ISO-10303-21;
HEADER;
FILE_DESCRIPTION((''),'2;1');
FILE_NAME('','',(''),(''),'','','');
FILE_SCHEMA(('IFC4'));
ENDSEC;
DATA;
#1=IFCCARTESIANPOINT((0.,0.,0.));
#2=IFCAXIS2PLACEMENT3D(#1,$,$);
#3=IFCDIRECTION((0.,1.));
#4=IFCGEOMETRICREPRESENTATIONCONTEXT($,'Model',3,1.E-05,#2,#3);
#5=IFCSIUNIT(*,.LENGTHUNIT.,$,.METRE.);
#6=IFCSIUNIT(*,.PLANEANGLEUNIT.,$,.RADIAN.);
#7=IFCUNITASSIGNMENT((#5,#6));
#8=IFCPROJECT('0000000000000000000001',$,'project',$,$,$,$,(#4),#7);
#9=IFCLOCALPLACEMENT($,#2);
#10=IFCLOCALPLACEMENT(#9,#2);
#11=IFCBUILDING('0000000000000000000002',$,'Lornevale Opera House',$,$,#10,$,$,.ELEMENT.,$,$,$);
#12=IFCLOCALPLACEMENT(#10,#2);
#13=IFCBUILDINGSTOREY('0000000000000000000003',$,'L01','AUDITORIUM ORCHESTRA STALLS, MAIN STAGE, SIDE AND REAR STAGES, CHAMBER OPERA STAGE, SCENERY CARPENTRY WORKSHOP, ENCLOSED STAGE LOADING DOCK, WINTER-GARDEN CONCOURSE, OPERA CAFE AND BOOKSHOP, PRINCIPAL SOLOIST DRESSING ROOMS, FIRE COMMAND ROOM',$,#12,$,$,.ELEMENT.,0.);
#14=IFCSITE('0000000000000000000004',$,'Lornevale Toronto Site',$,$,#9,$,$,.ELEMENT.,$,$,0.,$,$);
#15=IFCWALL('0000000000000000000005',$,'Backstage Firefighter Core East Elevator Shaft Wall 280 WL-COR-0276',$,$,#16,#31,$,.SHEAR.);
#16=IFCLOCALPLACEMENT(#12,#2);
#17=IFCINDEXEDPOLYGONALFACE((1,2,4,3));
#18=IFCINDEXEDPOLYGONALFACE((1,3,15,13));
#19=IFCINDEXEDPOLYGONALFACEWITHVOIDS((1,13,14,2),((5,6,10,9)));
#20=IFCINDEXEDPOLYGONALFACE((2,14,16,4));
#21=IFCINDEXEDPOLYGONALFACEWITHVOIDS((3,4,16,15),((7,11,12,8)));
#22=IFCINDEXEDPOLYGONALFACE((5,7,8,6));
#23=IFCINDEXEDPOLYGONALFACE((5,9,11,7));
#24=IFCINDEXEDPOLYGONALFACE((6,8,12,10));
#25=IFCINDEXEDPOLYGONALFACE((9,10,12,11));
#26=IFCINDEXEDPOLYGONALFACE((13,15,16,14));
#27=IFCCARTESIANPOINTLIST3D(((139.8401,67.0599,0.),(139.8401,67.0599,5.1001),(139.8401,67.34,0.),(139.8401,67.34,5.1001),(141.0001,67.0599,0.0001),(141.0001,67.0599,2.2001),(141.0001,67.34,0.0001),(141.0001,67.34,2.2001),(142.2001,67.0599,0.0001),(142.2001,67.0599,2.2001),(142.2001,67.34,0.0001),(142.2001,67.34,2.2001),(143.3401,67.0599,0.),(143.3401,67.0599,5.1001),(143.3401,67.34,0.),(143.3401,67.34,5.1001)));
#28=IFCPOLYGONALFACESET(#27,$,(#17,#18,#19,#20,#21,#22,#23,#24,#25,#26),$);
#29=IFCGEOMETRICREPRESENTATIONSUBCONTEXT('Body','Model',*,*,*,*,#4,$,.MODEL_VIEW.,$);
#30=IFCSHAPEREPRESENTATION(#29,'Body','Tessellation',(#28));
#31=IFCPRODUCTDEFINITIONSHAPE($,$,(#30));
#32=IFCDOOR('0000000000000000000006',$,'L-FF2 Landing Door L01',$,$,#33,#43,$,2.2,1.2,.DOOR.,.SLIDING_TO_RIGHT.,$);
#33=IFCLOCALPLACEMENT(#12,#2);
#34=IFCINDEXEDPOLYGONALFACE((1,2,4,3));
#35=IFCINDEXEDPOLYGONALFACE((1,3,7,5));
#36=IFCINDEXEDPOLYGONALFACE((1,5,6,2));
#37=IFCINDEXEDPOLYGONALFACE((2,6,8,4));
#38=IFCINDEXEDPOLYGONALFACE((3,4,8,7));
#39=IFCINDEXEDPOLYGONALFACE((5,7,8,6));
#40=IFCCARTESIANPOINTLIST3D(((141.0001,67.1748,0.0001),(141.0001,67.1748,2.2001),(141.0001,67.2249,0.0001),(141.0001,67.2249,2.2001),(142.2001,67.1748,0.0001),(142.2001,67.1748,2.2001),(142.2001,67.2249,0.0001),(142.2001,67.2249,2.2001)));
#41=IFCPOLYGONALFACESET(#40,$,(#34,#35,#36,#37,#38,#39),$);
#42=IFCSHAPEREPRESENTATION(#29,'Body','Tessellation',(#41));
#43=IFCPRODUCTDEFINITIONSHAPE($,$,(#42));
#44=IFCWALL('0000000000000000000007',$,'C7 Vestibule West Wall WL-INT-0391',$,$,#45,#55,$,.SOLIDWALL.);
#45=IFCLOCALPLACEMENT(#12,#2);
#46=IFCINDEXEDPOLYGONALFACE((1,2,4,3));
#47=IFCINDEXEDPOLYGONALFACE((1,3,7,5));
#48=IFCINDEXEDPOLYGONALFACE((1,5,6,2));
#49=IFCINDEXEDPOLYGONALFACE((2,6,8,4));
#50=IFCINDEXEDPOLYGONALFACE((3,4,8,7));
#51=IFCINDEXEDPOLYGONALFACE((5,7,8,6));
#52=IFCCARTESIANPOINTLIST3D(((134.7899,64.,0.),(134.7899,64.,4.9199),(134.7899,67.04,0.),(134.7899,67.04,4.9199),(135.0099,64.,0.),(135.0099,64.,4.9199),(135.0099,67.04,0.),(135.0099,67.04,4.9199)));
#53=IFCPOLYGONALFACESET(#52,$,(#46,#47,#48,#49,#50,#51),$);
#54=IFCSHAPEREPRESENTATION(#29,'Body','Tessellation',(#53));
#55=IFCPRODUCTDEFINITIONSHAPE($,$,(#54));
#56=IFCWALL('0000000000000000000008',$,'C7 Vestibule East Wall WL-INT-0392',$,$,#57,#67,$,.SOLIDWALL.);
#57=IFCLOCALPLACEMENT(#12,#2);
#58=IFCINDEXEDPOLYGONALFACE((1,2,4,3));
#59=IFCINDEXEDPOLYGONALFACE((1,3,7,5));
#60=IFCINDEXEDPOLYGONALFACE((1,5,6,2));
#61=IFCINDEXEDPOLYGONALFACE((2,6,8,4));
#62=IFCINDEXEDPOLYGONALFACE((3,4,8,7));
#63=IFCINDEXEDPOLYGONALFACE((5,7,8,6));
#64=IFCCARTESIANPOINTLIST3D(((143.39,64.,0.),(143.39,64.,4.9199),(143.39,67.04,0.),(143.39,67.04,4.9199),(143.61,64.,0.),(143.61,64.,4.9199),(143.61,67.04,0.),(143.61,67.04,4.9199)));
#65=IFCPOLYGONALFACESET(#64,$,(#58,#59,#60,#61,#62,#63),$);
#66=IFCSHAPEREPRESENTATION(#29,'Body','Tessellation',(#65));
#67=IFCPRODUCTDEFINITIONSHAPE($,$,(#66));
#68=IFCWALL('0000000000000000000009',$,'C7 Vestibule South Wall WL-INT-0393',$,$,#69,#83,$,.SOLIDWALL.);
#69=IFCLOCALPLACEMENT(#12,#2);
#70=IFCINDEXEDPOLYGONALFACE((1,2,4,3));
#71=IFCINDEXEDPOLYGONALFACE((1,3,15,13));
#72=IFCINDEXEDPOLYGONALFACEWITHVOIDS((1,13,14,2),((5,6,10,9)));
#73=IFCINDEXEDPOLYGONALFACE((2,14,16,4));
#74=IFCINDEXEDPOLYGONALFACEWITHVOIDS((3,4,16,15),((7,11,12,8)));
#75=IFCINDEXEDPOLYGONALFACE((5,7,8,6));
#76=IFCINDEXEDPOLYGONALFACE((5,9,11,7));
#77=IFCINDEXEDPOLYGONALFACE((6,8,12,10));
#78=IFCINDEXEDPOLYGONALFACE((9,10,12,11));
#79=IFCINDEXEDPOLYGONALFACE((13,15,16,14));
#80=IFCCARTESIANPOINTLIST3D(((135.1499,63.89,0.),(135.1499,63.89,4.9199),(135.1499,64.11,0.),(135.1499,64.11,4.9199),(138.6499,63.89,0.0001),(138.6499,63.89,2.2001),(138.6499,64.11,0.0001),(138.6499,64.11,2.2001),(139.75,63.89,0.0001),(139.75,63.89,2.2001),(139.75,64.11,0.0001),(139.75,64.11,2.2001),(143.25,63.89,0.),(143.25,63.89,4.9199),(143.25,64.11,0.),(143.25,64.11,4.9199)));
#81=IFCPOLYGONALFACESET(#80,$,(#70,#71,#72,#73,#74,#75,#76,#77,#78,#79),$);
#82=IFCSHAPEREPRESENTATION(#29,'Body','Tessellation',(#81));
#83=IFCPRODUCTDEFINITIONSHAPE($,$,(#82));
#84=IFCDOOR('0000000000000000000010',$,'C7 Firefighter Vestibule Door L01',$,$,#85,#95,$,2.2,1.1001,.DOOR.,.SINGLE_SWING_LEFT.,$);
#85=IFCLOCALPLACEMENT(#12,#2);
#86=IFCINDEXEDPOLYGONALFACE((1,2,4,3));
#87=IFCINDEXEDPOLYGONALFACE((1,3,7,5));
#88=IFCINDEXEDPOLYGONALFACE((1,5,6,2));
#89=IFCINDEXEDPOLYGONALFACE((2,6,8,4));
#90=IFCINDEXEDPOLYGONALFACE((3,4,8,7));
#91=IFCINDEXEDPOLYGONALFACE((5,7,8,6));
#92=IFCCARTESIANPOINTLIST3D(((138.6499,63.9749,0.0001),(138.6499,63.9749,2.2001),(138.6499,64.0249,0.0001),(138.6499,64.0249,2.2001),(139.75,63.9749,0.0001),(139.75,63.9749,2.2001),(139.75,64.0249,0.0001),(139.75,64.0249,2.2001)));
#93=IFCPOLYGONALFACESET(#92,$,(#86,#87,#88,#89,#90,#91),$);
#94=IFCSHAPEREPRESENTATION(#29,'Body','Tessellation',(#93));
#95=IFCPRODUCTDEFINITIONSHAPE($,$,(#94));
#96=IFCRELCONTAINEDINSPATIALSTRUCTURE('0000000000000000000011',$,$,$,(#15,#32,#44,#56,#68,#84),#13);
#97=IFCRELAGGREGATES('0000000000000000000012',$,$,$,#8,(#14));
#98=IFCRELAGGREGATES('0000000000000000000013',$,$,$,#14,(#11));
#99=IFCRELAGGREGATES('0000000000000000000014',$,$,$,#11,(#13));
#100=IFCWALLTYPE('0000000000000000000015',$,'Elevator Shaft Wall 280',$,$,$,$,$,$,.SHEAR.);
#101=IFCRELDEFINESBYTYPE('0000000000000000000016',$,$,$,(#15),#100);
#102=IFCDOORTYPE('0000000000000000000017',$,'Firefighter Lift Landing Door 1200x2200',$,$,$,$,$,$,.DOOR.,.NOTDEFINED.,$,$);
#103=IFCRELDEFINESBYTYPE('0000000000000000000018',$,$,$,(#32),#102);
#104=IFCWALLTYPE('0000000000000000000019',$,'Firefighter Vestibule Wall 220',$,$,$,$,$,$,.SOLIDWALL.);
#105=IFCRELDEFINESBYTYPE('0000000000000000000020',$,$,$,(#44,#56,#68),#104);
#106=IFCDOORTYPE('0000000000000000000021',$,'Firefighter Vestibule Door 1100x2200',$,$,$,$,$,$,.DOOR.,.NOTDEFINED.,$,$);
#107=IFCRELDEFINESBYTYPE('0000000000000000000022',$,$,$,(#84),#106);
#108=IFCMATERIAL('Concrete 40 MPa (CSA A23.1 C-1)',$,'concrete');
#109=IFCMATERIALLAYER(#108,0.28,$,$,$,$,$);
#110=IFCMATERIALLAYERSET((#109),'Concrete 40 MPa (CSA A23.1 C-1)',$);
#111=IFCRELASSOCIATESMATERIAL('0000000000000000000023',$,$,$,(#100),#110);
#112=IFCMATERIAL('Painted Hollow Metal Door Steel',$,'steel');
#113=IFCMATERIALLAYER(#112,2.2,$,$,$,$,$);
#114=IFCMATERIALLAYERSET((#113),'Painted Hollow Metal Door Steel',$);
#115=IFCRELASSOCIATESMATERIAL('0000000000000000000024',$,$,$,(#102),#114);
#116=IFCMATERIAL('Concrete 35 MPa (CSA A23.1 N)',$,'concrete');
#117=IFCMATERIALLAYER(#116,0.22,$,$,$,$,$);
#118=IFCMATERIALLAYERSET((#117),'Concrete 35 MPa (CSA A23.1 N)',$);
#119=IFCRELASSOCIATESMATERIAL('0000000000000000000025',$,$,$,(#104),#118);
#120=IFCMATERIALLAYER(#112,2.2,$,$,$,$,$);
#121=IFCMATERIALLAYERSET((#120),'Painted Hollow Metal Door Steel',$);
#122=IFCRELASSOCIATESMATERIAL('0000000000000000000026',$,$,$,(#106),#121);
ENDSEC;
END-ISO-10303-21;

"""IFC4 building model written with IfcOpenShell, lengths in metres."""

from ifc_helpers import new_model, si_unit, direction, frame, frame_2d, origin, place, context, subcontext, project, spatial, rectangle, extrude, material, layer, layer_set, type_object, element, fill, save


model = new_model("IFC4")

# Units and contexts
model_context = context("Model", 3, precision=1e-05, world=origin(), true_north=direction((0.0, 1.0)))
body_context = subcontext(model_context, "Body", "Model", "MODEL_VIEW")
ifc_project = project(units=[si_unit("LENGTHUNIT", "METRE"), si_unit("PLANEANGLEUNIT", "RADIAN")], contexts=[model_context])

# Site, building, storey
site_placement = place(None, origin())
site = spatial("IfcSite", under=ifc_project, at=site_placement, Name="Lornevale Toronto Site", CompositionType="ELEMENT", RefElevation=0.0)
building_placement = place(site_placement, origin())
building = spatial("IfcBuilding", under=site, at=building_placement, Name="Lornevale Opera House", CompositionType="ELEMENT")
storey_placement = place(building_placement, origin())
storey = spatial("IfcBuildingStorey", under=building, at=storey_placement, Name="L01", Description="AUDITORIUM ORCHESTRA STALLS, MAIN STAGE, SIDE AND REAR STAGES, CHAMBER OPERA STAGE, SCENERY CARPENTRY WORKSHOP, ENCLOSED STAGE LOADING DOCK, WINTER-GARDEN CONCOURSE, OPERA CAFE AND BOOKSHOP, PRINCIPAL SOLOIST DRESSING ROOMS, FIRE COMMAND ROOM", CompositionType="ELEMENT", Elevation=0.0)

# Shared definitions
ifc_material_1 = material(Name="Concrete 40 MPa (CSA A23.1 C-1)", Category="concrete")

# Shared definitions
ifc_material_2 = material(Name="Concrete 35 MPa (CSA A23.1 N)", Category="concrete")

# Shared definitions
ifc_material_3 = material(Name="Painted Hollow Metal Door Steel", Category="steel")

# Wall, opening, door
ifc_layer_1 = layer(ifc_material_1, 0.28)
ifc_layer_set_1 = layer_set([ifc_layer_1], Name="Concrete 40 MPa (CSA A23.1 C-1)")
wall_type_1 = type_object("IfcWallType", Name="Elevator Shaft Wall 280", PredefinedType="SHEAR", material=ifc_layer_set_1)
wall_1_placement = place(storey_placement, frame((139.8401, 67.2, 0.0), z_axis=(0.0, 0.0, 1.0), x_axis=(1.0, 0.0, 0.0)))
wall_1 = element("IfcWall", 1, at=wall_1_placement, inside=storey, type_object=wall_type_1, Name="Backstage Firefighter Core East Elevator Shaft Wall 280 WL-COR-0276", PredefinedType="SHEAR", context=body_context, shape_type="SweptSolid", body=[
    extrude(rectangle(XDim=3.5, YDim=0.28, at=frame_2d((1.75, 0.0))), origin(), (0.0, 0.0, 1.0), 5.1001),
])
opening_1_placement = place(wall_1_placement, frame((1.1599, 0.0, 0.0)))
opening_1 = element("IfcOpeningElement", 2, at=opening_1_placement, cuts=wall_1, PredefinedType="OPENING", context=body_context, shape_type="SweptSolid", body=[
    extrude(rectangle(XDim=1.2, YDim=2.2, at=frame_2d((0.6001, 1.1001))), frame((0.0, 0.1499, 0.0), z_axis=(0.0, -1.0, 0.0), x_axis=(1.0, 0.0, 0.0)), (0.0, 0.0, 1.0), 0.3),
])
ifc_layer_2 = layer(ifc_material_3, 2.2)
ifc_layer_set_2 = layer_set([ifc_layer_2], Name="Painted Hollow Metal Door Steel")
door_type_1 = type_object("IfcDoorType", Name="Firefighter Lift Landing Door 1200x2200", OperationType="NOTDEFINED", PredefinedType="DOOR", material=ifc_layer_set_2)
door_1_placement = place(opening_1_placement, origin())
door_1 = element("IfcDoor", 3, at=door_1_placement, inside=storey, type_object=door_type_1, Name="L-FF2 Landing Door L01", OperationType="SLIDING_TO_RIGHT", OverallHeight=2.2, OverallWidth=1.2, PredefinedType="DOOR", context=body_context, shape_type="SweptSolid", body=[
    extrude(rectangle(XDim=1.2, YDim=2.2, at=frame_2d((0.6001, 1.1001))), frame((0.0, 0.0249, 0.0), z_axis=(0.0, -1.0, 0.0), x_axis=(1.0, 0.0, 0.0)), (0.0, 0.0, 1.0), 0.05),
])
fill(opening_1, door_1)

# Walls
ifc_layer_3 = layer(ifc_material_2, 0.22)
ifc_layer_set_3 = layer_set([ifc_layer_3], Name="Concrete 35 MPa (CSA A23.1 N)")
wall_type_2 = type_object("IfcWallType", Name="Firefighter Vestibule Wall 220", PredefinedType="SOLIDWALL", material=ifc_layer_set_3)
for number, where, z_axis, x_axis, name in (
    (4, (134.8999, 64.0, 0.0), (0.0, 0.0, 1.0), (0.0, 1.0, 0.0), "C7 Vestibule West Wall WL-INT-0391"),
    (5, (143.5, 64.0, 0.0), (0.0, 0.0, 1.0), (0.0, 1.0, 0.0), "C7 Vestibule East Wall WL-INT-0392"),
):
    element("IfcWall", number, at=place(storey_placement, frame(where, z_axis=z_axis, x_axis=x_axis)), inside=storey, type_object=wall_type_2, Name=name, PredefinedType="SOLIDWALL", context=body_context, shape_type="SweptSolid", body=[
        extrude(rectangle(XDim=3.04, YDim=0.22, at=frame_2d((1.52, 0.0))), origin(), (0.0, 0.0, 1.0), 4.9199),
    ])

# Wall, opening, door
wall_2_placement = place(storey_placement, frame((135.1499, 64.0, 0.0), z_axis=(0.0, 0.0, 1.0), x_axis=(1.0, 0.0, 0.0)))
wall_2 = element("IfcWall", 6, at=wall_2_placement, inside=storey, type_object=wall_type_2, Name="C7 Vestibule South Wall WL-INT-0393", PredefinedType="SOLIDWALL", context=body_context, shape_type="SweptSolid", body=[
    extrude(rectangle(XDim=8.1001, YDim=0.22, at=frame_2d((4.05, 0.0))), origin(), (0.0, 0.0, 1.0), 4.9199),
])
opening_2_placement = place(wall_2_placement, frame((3.5, 0.0, 0.0)))
opening_2 = element("IfcOpeningElement", 7, at=opening_2_placement, cuts=wall_2, PredefinedType="OPENING", context=body_context, shape_type="SweptSolid", body=[
    extrude(rectangle(XDim=1.1001, YDim=2.2, at=frame_2d((0.55, 1.1001))), frame((0.0, 0.1199, 0.0), z_axis=(0.0, -1.0, 0.0), x_axis=(1.0, 0.0, 0.0)), (0.0, 0.0, 1.0), 0.24),
])
ifc_layer_4 = layer(ifc_material_3, 2.2)
ifc_layer_set_4 = layer_set([ifc_layer_4], Name="Painted Hollow Metal Door Steel")
door_type_2 = type_object("IfcDoorType", Name="Firefighter Vestibule Door 1100x2200", OperationType="NOTDEFINED", PredefinedType="DOOR", material=ifc_layer_set_4)
door_2_placement = place(opening_2_placement, origin())
door_2 = element("IfcDoor", 8, at=door_2_placement, inside=storey, type_object=door_type_2, Name="C7 Firefighter Vestibule Door L01", OperationType="SINGLE_SWING_LEFT", OverallHeight=2.2, OverallWidth=1.1001, PredefinedType="DOOR", context=body_context, shape_type="SweptSolid", body=[
    extrude(rectangle(XDim=1.1001, YDim=2.2, at=frame_2d((0.55, 1.1001))), frame((0.0, 0.0249, 0.0), z_axis=(0.0, -1.0, 0.0), x_axis=(1.0, 0.0, 0.0)), (0.0, 0.0, 1.0), 0.05),
])
fill(opening_2, door_2)

save(model, "model.ifc")
